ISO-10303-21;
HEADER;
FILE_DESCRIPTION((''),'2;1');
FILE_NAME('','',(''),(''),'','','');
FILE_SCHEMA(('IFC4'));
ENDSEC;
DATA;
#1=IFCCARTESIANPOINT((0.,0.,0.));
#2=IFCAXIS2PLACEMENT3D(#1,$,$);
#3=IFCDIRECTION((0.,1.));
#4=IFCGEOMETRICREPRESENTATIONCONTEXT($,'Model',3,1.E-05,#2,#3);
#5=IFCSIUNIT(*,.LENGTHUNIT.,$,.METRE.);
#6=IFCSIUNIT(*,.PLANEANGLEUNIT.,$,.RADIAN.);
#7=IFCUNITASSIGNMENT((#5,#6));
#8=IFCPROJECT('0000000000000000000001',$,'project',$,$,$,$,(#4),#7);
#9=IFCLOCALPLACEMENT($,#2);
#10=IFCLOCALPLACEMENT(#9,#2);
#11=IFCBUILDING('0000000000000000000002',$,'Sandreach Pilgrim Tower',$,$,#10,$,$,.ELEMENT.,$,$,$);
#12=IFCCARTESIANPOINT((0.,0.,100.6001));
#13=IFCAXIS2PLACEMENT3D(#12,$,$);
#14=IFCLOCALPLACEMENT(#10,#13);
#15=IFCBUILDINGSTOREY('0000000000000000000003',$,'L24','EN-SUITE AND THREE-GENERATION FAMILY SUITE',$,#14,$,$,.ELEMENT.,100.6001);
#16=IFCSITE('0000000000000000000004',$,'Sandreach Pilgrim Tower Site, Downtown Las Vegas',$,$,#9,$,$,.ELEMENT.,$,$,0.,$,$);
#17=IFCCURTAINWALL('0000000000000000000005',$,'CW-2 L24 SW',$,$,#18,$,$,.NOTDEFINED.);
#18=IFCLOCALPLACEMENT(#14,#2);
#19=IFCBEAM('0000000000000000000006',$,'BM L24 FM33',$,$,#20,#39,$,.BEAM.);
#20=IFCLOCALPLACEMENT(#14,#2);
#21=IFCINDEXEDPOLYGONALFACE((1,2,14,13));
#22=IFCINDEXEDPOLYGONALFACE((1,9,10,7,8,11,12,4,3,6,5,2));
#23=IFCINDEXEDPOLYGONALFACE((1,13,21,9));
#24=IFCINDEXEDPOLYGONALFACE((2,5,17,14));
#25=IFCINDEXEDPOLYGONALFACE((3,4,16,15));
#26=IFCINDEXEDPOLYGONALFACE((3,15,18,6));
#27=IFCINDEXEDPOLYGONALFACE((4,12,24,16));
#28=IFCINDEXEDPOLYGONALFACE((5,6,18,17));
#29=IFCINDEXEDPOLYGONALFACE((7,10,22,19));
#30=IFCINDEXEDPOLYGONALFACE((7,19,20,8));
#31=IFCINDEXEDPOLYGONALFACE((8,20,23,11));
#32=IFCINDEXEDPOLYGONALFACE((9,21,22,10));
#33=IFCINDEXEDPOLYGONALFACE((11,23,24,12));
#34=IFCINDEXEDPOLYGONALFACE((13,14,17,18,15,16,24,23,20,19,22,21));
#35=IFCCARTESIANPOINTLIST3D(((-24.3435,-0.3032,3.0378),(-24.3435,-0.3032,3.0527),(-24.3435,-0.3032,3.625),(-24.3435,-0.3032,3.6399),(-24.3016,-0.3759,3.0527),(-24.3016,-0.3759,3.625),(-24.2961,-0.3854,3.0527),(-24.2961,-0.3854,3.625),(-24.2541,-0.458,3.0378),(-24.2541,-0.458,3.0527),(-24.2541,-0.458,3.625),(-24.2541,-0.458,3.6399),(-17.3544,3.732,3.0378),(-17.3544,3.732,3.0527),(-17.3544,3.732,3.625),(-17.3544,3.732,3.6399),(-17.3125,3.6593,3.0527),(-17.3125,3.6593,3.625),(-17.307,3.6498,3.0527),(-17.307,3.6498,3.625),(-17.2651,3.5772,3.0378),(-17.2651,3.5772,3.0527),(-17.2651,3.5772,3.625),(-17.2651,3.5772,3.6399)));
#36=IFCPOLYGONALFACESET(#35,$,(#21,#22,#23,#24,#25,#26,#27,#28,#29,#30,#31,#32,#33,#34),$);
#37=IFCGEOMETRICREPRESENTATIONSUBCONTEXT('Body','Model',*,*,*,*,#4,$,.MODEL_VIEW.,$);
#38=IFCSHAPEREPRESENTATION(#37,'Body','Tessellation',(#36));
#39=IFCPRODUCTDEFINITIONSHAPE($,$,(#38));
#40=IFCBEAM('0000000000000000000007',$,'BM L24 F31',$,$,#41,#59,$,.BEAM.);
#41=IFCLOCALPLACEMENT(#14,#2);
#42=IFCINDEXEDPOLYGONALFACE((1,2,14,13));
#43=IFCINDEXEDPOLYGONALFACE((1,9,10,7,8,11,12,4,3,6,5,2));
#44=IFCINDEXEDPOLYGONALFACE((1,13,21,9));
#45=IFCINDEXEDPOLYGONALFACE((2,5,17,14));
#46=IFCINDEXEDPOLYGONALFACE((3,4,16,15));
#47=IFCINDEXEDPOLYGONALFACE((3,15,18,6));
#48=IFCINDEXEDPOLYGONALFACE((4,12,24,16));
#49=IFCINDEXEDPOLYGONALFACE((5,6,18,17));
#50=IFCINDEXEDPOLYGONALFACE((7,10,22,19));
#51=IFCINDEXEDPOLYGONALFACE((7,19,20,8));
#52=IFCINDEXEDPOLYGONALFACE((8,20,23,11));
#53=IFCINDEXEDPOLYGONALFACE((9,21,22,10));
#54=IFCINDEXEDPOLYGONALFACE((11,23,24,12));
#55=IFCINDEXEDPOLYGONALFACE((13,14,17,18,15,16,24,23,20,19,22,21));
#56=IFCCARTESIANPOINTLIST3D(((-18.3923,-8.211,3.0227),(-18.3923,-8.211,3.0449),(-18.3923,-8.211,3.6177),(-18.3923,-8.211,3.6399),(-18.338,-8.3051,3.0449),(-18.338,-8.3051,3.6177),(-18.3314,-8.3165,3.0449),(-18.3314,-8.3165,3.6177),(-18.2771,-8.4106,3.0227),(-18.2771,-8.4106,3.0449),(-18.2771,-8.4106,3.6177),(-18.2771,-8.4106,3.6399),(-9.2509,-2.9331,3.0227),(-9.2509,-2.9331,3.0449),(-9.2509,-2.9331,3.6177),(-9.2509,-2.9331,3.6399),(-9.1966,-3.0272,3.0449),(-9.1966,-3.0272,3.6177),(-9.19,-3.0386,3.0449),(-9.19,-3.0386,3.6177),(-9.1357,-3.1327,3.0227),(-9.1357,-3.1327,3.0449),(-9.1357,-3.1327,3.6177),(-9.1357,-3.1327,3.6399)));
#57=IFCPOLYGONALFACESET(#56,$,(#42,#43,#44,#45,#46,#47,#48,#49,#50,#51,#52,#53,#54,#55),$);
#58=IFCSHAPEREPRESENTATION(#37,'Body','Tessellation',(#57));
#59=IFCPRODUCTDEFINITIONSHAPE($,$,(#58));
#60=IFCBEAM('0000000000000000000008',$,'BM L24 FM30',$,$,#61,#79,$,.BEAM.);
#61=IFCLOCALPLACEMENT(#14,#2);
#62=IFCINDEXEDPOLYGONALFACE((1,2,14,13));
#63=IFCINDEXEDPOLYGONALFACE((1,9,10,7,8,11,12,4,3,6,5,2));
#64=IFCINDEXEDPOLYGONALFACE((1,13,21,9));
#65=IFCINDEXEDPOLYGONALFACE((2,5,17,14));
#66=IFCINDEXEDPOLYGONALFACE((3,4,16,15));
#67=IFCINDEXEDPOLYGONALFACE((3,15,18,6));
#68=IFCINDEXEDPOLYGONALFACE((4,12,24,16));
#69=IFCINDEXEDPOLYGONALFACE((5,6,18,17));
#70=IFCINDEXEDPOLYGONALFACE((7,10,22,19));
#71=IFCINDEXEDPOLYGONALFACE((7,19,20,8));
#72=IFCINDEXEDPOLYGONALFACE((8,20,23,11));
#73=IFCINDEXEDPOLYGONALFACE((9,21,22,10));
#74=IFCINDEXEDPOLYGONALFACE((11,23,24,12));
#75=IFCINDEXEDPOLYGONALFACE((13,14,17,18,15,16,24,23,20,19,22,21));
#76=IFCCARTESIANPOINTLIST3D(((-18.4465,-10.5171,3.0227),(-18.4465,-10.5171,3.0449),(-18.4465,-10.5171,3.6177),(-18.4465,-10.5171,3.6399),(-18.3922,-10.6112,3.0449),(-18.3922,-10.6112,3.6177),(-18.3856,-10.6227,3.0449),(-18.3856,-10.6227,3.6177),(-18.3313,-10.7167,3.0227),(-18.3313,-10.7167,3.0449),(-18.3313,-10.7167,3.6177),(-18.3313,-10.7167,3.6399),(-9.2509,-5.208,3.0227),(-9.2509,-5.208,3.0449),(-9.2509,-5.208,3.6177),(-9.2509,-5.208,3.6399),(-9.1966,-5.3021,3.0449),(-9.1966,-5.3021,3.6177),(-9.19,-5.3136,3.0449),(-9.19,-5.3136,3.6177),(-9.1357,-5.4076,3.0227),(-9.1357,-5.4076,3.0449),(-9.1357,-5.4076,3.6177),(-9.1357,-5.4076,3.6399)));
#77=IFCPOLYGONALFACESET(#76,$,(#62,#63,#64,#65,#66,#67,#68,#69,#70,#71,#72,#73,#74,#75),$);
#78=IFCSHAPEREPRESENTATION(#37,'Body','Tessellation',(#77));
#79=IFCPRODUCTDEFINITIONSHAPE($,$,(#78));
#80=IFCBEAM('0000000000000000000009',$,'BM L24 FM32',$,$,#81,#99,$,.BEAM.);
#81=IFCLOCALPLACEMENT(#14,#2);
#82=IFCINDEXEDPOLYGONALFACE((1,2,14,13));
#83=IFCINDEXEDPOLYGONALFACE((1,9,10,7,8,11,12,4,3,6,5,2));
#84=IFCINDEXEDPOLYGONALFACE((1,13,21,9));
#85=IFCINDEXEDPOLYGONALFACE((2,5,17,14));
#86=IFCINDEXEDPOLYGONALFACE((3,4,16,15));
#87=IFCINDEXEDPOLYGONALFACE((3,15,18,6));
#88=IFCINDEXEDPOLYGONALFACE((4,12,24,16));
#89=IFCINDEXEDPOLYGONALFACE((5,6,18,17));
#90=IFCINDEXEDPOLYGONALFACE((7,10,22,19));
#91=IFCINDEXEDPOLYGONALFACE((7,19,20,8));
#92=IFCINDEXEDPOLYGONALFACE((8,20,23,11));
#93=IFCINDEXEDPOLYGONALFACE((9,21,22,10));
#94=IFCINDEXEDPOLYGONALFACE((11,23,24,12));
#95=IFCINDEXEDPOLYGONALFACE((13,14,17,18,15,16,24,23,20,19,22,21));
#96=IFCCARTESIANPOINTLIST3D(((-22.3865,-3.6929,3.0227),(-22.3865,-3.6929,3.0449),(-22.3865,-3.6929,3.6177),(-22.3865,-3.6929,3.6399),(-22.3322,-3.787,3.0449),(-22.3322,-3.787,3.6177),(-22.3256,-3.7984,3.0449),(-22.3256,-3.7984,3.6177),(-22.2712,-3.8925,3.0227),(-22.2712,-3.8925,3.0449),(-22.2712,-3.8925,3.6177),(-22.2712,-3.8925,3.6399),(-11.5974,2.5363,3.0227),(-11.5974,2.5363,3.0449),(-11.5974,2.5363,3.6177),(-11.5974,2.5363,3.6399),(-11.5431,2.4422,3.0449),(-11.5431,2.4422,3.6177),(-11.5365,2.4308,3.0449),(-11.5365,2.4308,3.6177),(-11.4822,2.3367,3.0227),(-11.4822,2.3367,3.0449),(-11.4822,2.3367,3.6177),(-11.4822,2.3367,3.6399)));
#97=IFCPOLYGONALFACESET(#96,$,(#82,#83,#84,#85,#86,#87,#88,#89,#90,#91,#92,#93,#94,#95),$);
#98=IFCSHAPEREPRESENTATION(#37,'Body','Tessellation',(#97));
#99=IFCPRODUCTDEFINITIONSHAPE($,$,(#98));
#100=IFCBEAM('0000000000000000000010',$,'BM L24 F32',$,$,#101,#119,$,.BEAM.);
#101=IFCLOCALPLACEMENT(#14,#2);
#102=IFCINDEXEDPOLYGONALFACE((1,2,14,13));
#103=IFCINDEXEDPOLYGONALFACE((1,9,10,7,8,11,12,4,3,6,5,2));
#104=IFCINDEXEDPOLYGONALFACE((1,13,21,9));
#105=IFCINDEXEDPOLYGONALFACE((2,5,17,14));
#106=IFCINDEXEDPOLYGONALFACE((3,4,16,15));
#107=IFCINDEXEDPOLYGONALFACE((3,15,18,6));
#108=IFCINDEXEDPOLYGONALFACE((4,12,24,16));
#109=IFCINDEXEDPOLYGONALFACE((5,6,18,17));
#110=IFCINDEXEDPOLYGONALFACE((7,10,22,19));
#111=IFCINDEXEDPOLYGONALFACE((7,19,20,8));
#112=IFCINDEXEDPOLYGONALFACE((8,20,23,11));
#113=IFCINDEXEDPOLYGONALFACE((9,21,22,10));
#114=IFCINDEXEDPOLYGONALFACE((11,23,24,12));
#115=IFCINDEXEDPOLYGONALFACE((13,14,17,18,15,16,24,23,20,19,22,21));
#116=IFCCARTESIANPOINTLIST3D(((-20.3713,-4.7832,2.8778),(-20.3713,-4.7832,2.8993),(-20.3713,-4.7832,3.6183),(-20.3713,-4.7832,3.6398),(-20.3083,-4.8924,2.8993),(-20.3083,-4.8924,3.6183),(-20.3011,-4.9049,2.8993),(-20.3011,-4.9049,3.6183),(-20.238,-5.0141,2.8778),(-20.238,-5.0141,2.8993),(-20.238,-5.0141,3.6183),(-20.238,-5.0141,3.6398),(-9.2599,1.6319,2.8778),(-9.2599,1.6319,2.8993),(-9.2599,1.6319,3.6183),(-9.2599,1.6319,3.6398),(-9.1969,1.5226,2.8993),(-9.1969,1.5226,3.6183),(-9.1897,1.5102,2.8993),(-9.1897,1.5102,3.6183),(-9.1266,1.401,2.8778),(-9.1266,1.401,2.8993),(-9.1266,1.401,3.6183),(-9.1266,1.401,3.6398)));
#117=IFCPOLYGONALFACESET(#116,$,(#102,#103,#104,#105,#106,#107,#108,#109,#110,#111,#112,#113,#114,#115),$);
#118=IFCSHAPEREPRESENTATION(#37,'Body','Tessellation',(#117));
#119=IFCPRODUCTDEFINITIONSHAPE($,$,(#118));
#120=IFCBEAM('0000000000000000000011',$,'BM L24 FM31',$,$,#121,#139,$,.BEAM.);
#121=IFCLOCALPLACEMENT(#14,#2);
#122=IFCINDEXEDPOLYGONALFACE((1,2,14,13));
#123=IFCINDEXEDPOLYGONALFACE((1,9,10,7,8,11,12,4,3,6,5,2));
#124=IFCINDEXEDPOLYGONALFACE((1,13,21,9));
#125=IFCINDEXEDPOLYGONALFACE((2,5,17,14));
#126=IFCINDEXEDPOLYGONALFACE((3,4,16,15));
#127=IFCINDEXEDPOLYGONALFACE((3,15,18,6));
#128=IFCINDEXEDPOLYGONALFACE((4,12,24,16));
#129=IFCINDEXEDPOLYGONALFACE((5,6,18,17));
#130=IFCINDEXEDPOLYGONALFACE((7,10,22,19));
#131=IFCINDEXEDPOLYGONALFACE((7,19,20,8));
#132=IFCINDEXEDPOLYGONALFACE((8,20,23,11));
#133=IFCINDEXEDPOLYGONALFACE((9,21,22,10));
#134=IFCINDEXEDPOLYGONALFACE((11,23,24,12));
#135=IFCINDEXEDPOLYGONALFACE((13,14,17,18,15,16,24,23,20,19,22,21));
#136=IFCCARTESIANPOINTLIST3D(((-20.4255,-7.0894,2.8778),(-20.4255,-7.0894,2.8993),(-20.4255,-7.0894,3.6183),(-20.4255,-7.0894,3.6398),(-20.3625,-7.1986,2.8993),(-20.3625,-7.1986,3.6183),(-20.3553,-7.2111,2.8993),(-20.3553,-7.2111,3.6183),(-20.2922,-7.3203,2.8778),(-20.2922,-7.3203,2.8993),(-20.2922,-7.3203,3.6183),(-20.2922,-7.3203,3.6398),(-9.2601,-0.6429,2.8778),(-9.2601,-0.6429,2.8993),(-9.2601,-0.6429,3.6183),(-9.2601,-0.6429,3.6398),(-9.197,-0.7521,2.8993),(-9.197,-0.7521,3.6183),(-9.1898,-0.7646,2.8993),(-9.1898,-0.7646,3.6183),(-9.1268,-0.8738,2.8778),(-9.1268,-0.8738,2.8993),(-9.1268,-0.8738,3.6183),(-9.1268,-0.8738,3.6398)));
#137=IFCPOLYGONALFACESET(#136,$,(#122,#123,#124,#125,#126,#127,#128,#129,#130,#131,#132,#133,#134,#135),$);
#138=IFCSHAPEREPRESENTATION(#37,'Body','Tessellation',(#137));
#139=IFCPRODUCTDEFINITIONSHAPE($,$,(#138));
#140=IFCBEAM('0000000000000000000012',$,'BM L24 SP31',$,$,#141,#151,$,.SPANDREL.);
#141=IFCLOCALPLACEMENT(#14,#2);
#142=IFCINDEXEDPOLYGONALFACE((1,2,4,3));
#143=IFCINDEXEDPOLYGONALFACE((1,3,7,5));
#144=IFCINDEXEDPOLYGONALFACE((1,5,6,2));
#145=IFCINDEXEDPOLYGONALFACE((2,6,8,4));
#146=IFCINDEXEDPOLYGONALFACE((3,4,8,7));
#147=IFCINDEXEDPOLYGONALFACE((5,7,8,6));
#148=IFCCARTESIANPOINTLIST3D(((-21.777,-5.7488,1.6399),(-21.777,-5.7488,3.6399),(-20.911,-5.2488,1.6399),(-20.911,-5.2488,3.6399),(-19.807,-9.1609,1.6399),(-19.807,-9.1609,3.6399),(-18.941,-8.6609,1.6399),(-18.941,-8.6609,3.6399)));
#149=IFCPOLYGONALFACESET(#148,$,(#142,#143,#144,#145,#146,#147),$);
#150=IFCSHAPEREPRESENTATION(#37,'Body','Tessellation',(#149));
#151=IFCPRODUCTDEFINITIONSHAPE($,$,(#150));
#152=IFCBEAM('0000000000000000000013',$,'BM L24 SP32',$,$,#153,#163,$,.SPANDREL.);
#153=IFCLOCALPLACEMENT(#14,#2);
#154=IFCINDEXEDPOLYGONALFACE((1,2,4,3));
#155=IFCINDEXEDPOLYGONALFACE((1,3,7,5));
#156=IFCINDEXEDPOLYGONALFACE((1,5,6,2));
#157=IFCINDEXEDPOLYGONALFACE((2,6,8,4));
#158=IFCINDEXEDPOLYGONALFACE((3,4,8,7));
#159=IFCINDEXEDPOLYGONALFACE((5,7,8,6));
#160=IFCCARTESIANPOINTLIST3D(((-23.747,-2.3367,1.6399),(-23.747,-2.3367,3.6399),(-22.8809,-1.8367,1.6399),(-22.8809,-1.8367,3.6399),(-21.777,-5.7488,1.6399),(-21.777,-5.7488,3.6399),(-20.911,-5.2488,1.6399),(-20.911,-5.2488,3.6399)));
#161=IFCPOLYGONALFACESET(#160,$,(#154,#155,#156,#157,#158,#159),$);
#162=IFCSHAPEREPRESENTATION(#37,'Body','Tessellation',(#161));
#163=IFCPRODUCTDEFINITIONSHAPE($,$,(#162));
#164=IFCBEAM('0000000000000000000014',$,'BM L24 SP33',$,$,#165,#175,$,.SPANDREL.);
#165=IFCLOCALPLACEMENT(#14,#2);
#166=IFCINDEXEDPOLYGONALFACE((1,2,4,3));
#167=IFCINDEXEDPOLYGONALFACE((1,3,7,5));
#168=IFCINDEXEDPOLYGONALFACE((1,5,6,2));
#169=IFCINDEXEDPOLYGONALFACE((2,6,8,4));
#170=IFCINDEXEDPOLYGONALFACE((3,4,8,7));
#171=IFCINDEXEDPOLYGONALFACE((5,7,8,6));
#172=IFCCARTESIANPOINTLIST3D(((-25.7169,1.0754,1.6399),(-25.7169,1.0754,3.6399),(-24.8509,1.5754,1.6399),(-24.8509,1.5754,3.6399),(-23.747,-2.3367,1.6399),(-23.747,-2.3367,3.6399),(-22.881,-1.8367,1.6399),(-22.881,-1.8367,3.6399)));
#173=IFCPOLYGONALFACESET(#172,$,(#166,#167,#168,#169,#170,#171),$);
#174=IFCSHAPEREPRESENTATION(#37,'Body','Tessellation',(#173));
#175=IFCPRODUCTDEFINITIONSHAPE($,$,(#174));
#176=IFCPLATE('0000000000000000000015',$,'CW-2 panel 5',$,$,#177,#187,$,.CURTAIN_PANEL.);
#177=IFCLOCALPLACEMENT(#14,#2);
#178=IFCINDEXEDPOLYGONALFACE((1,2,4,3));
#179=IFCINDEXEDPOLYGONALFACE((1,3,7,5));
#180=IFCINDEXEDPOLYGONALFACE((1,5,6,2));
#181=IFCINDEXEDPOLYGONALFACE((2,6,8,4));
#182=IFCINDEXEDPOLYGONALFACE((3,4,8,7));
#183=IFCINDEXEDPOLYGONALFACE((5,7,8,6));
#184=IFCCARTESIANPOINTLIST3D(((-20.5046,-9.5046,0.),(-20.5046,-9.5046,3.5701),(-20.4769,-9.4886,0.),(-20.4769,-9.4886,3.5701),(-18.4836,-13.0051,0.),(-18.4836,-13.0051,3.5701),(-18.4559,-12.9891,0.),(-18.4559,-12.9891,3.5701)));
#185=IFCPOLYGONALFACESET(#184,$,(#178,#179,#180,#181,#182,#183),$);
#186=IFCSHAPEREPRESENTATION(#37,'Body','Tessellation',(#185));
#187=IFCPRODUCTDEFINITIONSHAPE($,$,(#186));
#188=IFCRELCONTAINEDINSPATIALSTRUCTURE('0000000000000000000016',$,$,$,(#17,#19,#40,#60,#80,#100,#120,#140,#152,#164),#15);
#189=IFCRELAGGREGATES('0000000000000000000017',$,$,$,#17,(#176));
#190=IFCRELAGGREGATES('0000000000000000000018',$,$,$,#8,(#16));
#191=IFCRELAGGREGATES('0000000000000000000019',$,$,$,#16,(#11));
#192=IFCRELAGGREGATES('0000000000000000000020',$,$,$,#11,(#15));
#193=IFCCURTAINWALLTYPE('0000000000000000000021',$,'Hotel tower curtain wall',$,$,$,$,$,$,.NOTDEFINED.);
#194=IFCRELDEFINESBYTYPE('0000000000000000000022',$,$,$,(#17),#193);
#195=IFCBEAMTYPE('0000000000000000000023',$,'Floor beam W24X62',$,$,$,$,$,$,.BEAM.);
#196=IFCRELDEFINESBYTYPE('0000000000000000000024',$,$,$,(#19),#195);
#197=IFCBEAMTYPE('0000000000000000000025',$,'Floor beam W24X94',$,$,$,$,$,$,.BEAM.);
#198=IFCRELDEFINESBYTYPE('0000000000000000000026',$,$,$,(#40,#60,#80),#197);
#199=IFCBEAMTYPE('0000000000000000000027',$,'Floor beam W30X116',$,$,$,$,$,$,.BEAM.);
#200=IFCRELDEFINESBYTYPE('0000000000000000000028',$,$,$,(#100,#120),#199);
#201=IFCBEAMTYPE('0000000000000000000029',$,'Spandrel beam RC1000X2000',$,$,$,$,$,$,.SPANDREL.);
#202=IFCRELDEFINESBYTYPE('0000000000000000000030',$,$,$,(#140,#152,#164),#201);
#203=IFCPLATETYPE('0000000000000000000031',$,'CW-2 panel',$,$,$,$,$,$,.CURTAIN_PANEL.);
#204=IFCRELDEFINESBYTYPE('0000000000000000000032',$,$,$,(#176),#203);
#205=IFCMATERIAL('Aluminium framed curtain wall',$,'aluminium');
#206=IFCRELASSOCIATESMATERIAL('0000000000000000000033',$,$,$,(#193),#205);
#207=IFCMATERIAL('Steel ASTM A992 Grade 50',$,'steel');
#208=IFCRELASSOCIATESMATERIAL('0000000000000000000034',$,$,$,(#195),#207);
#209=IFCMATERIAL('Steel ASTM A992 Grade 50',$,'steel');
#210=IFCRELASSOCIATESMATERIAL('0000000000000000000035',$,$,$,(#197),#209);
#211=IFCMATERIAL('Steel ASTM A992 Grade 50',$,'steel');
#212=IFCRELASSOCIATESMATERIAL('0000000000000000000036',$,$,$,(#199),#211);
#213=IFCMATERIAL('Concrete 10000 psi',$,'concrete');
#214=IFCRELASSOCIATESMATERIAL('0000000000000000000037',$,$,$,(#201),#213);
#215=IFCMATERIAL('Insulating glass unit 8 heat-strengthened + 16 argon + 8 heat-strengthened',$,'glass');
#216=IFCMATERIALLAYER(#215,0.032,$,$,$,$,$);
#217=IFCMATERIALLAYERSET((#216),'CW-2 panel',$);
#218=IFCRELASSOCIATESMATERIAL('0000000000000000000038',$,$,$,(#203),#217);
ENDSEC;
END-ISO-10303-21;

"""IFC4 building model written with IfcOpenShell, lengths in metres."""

from ifc_helpers import new_model, si_unit, direction, frame, origin, origin_2d, place, context, subcontext, project, spatial, rectangle, i_section, extrude, material, layer, layer_set, material_profile, profile_set, type_object, element, aggregate, save


model = new_model("IFC4")

# Units and contexts
model_context = context("Model", 3, precision=1e-05, world=origin(), true_north=direction((0.0, 1.0)))
body_context = subcontext(model_context, "Body", "Model", "MODEL_VIEW")
ifc_project = project(units=[si_unit("LENGTHUNIT", "METRE"), si_unit("PLANEANGLEUNIT", "RADIAN")], contexts=[model_context])

# Site, building, storey
site_placement = place(None, origin())
site = spatial("IfcSite", under=ifc_project, at=site_placement, Name="Sandreach Pilgrim Tower Site, Downtown Las Vegas", CompositionType="ELEMENT", RefElevation=0.0)
building_placement = place(site_placement, origin())
building = spatial("IfcBuilding", under=site, at=building_placement, Name="Sandreach Pilgrim Tower", CompositionType="ELEMENT")
storey_placement = place(building_placement, frame((0.0, 0.0, 100.6001)))
storey = spatial("IfcBuildingStorey", under=building, at=storey_placement, Name="L24", Description="EN-SUITE AND THREE-GENERATION FAMILY SUITE", CompositionType="ELEMENT", Elevation=100.6001)

# Curtain wall
ifc_material_1 = material(Name="Aluminium framed curtain wall", Category="aluminium")
curtain_wall_type = type_object("IfcCurtainWallType", Name="Hotel tower curtain wall", PredefinedType="NOTDEFINED", material=ifc_material_1)
curtain_wall_placement = place(storey_placement, origin())
curtain_wall = element("IfcCurtainWall", 1, at=curtain_wall_placement, inside=storey, type_object=curtain_wall_type, Name="CW-2 L24 SW", PredefinedType="NOTDEFINED")

# Beams
ifc_material_2 = material(Name="Steel ASTM A992 Grade 50", Category="steel")
ifc_material_profile_1 = material_profile(ifc_material_2, i_section(OverallWidth=0.1787, OverallDepth=0.6021, WebThickness=0.011, FlangeThickness=0.0149, at=origin_2d()), Name="W24X62")
ifc_profile_set_1 = profile_set([ifc_material_profile_1], Name="Steel ASTM A992 Grade 50")
beam_type_1 = type_object("IfcBeamType", Name="Floor beam W24X62", PredefinedType="BEAM", material=ifc_profile_set_1)
beam_1_placement = place(storey_placement, frame((-24.2988, -0.3806, 3.3389), z_axis=(0.866023, 0.500004, 0.0), x_axis=(-0.500004, 0.866023, 0.0)))
element("IfcBeam", 2, at=beam_1_placement, inside=storey, type_object=beam_type_1, Name="BM L24 FM33", PredefinedType="BEAM", context=body_context, shape_type="SweptSolid", body=[
    extrude(i_section(OverallWidth=0.1787, OverallDepth=0.6021, WebThickness=0.011, FlangeThickness=0.0149, at=origin_2d()), origin(), (0.0, 0.0, 1.0), 8.0703),
])
ifc_material_3 = material(Name="Steel ASTM A992 Grade 50", Category="steel")
ifc_material_profile_2 = material_profile(ifc_material_3, i_section(OverallWidth=0.2305, OverallDepth=0.6172, WebThickness=0.0132, FlangeThickness=0.0222, at=origin_2d()), Name="W24X94")
ifc_profile_set_2 = profile_set([ifc_material_profile_2], Name="Steel ASTM A992 Grade 50")
beam_type_2 = type_object("IfcBeamType", Name="Floor beam W24X94", PredefinedType="BEAM", material=ifc_profile_set_2)
beam_2_placement = place(storey_placement, frame((-18.3347, -8.3108, 3.3313), z_axis=(0.866023, 0.500005, 0.0), x_axis=(-0.500005, 0.866023, 0.0)))
element("IfcBeam", 3, at=beam_2_placement, inside=storey, type_object=beam_type_2, Name="BM L24 F31", PredefinedType="BEAM", context=body_context, shape_type="SweptSolid", body=[
    extrude(i_section(OverallWidth=0.2305, OverallDepth=0.6172, WebThickness=0.0132, FlangeThickness=0.0222, at=origin_2d()), origin(), (0.0, 0.0, 1.0), 10.5557),
])
beam_3_placement = place(storey_placement, frame((-18.3889, -10.6169, 3.3313), z_axis=(0.866024, 0.500002, 0.0), x_axis=(-0.500002, 0.866024, 0.0)))
element("IfcBeam", 4, at=beam_3_placement, inside=storey, type_object=beam_type_2, Name="BM L24 FM30", PredefinedType="BEAM", context=body_context, shape_type="SweptSolid", body=[
    extrude(i_section(OverallWidth=0.2305, OverallDepth=0.6172, WebThickness=0.0132, FlangeThickness=0.0222, at=origin_2d()), origin(), (0.0, 0.0, 1.0), 10.6182),
])
beam_4_placement = place(storey_placement, frame((-22.3289, -3.7927, 3.3313), z_axis=(0.866019, 0.500011, 0.0), x_axis=(-0.500011, 0.866019, 0.0)))
element("IfcBeam", 5, at=beam_4_placement, inside=storey, type_object=beam_type_2, Name="BM L24 FM32", PredefinedType="BEAM", context=body_context, shape_type="SweptSolid", body=[
    extrude(i_section(OverallWidth=0.2305, OverallDepth=0.6172, WebThickness=0.0132, FlangeThickness=0.0222, at=origin_2d()), origin(), (0.0, 0.0, 1.0), 12.4583),
])
ifc_material_4 = material(Name="Steel ASTM A992 Grade 50", Category="steel")
ifc_material_profile_3 = material_profile(ifc_material_4, i_section(OverallWidth=0.2666, OverallDepth=0.762, WebThickness=0.0144, FlangeThickness=0.0215, at=origin_2d()), Name="W30X116")
ifc_profile_set_3 = profile_set([ifc_material_profile_3], Name="Steel ASTM A992 Grade 50")
beam_type_3 = type_object("IfcBeamType", Name="Floor beam W30X116", PredefinedType="BEAM", material=ifc_profile_set_3)
beam_5_placement = place(storey_placement, frame((-20.3047, -4.8987, 3.2588), z_axis=(0.866028, 0.499995, 0.0), x_axis=(-0.499995, 0.866028, 0.0)))
element("IfcBeam", 6, at=beam_5_placement, inside=storey, type_object=beam_type_3, Name="BM L24 F32", PredefinedType="BEAM", context=body_context, shape_type="SweptSolid", body=[
    extrude(i_section(OverallWidth=0.2666, OverallDepth=0.762, WebThickness=0.0144, FlangeThickness=0.0215, at=origin_2d()), origin(), (0.0, 0.0, 1.0), 12.8303),
])
beam_6_placement = place(storey_placement, frame((-20.3589, -7.2048, 3.2588), z_axis=(0.866022, 0.500007, 0.0), x_axis=(-0.500007, 0.866022, 0.0)))
element("IfcBeam", 7, at=beam_6_placement, inside=storey, type_object=beam_type_3, Name="BM L24 FM31", PredefinedType="BEAM", context=body_context, shape_type="SweptSolid", body=[
    extrude(i_section(OverallWidth=0.2666, OverallDepth=0.762, WebThickness=0.0144, FlangeThickness=0.0215, at=origin_2d()), origin(), (0.0, 0.0, 1.0), 12.8928),
])
ifc_material_5 = material(Name="Concrete 10000 psi", Category="concrete")
ifc_material_profile_4 = material_profile(ifc_material_5, rectangle(XDim=1.0, YDim=2.0, at=origin_2d()), Name="RC1000X2000")
ifc_profile_set_4 = profile_set([ifc_material_profile_4], Name="Concrete 10000 psi")
beam_type_4 = type_object("IfcBeamType", Name="Spandrel beam RC1000X2000", PredefinedType="SPANDREL", material=ifc_profile_set_4)
for number, where, z_axis, x_axis, name in (
    (8, (-19.374, -8.9109, 2.6399), (-0.499998, 0.866027, 0.0), (-0.866027, -0.499998, 0.0), "BM L24 SP31"),
    (9, (-21.344, -5.4988, 2.6399), (-0.499998, 0.866027, 0.0), (-0.866027, -0.499998, 0.0), "BM L24 SP32"),
    (10, (-23.314, -2.0867, 2.6399), (-0.499998, 0.866027, 0.0), (-0.866027, -0.499998, 0.0), "BM L24 SP33"),
):
    element("IfcBeam", number, at=place(storey_placement, frame(where, z_axis=z_axis, x_axis=x_axis)), inside=storey, type_object=beam_type_4, Name=name, PredefinedType="SPANDREL", context=body_context, shape_type="SweptSolid", body=[
        extrude(rectangle(XDim=1.0, YDim=2.0, at=origin_2d()), origin(), (0.0, 0.0, 1.0), 3.9399),
    ])

# Plate
ifc_material_6 = material(Name="Insulating glass unit 8 heat-strengthened + 16 argon + 8 heat-strengthened", Category="glass")
ifc_layer_1 = layer(ifc_material_6, 0.032)
ifc_layer_set_1 = layer_set([ifc_layer_1], Name="CW-2 panel")
plate_type = type_object("IfcPlateType", Name="CW-2 panel", PredefinedType="CURTAIN_PANEL", material=ifc_layer_set_1)
plate_1_placement = place(storey_placement, frame((-19.4802, -11.2468, 0.0), z_axis=(0.0, 0.0, 1.0), x_axis=(-0.5, 0.866025, 0.0)))
plate_1 = element("IfcPlate", 11, at=plate_1_placement, type_object=plate_type, Name="CW-2 panel 5", PredefinedType="CURTAIN_PANEL", context=body_context, shape_type="SweptSolid", body=[
    extrude(rectangle(XDim=4.042, YDim=0.032, at=origin_2d()), origin(), (0.0, 0.0, 1.0), 3.5701),
])
aggregate(curtain_wall, [plate_1])

save(model, "model.ifc")
